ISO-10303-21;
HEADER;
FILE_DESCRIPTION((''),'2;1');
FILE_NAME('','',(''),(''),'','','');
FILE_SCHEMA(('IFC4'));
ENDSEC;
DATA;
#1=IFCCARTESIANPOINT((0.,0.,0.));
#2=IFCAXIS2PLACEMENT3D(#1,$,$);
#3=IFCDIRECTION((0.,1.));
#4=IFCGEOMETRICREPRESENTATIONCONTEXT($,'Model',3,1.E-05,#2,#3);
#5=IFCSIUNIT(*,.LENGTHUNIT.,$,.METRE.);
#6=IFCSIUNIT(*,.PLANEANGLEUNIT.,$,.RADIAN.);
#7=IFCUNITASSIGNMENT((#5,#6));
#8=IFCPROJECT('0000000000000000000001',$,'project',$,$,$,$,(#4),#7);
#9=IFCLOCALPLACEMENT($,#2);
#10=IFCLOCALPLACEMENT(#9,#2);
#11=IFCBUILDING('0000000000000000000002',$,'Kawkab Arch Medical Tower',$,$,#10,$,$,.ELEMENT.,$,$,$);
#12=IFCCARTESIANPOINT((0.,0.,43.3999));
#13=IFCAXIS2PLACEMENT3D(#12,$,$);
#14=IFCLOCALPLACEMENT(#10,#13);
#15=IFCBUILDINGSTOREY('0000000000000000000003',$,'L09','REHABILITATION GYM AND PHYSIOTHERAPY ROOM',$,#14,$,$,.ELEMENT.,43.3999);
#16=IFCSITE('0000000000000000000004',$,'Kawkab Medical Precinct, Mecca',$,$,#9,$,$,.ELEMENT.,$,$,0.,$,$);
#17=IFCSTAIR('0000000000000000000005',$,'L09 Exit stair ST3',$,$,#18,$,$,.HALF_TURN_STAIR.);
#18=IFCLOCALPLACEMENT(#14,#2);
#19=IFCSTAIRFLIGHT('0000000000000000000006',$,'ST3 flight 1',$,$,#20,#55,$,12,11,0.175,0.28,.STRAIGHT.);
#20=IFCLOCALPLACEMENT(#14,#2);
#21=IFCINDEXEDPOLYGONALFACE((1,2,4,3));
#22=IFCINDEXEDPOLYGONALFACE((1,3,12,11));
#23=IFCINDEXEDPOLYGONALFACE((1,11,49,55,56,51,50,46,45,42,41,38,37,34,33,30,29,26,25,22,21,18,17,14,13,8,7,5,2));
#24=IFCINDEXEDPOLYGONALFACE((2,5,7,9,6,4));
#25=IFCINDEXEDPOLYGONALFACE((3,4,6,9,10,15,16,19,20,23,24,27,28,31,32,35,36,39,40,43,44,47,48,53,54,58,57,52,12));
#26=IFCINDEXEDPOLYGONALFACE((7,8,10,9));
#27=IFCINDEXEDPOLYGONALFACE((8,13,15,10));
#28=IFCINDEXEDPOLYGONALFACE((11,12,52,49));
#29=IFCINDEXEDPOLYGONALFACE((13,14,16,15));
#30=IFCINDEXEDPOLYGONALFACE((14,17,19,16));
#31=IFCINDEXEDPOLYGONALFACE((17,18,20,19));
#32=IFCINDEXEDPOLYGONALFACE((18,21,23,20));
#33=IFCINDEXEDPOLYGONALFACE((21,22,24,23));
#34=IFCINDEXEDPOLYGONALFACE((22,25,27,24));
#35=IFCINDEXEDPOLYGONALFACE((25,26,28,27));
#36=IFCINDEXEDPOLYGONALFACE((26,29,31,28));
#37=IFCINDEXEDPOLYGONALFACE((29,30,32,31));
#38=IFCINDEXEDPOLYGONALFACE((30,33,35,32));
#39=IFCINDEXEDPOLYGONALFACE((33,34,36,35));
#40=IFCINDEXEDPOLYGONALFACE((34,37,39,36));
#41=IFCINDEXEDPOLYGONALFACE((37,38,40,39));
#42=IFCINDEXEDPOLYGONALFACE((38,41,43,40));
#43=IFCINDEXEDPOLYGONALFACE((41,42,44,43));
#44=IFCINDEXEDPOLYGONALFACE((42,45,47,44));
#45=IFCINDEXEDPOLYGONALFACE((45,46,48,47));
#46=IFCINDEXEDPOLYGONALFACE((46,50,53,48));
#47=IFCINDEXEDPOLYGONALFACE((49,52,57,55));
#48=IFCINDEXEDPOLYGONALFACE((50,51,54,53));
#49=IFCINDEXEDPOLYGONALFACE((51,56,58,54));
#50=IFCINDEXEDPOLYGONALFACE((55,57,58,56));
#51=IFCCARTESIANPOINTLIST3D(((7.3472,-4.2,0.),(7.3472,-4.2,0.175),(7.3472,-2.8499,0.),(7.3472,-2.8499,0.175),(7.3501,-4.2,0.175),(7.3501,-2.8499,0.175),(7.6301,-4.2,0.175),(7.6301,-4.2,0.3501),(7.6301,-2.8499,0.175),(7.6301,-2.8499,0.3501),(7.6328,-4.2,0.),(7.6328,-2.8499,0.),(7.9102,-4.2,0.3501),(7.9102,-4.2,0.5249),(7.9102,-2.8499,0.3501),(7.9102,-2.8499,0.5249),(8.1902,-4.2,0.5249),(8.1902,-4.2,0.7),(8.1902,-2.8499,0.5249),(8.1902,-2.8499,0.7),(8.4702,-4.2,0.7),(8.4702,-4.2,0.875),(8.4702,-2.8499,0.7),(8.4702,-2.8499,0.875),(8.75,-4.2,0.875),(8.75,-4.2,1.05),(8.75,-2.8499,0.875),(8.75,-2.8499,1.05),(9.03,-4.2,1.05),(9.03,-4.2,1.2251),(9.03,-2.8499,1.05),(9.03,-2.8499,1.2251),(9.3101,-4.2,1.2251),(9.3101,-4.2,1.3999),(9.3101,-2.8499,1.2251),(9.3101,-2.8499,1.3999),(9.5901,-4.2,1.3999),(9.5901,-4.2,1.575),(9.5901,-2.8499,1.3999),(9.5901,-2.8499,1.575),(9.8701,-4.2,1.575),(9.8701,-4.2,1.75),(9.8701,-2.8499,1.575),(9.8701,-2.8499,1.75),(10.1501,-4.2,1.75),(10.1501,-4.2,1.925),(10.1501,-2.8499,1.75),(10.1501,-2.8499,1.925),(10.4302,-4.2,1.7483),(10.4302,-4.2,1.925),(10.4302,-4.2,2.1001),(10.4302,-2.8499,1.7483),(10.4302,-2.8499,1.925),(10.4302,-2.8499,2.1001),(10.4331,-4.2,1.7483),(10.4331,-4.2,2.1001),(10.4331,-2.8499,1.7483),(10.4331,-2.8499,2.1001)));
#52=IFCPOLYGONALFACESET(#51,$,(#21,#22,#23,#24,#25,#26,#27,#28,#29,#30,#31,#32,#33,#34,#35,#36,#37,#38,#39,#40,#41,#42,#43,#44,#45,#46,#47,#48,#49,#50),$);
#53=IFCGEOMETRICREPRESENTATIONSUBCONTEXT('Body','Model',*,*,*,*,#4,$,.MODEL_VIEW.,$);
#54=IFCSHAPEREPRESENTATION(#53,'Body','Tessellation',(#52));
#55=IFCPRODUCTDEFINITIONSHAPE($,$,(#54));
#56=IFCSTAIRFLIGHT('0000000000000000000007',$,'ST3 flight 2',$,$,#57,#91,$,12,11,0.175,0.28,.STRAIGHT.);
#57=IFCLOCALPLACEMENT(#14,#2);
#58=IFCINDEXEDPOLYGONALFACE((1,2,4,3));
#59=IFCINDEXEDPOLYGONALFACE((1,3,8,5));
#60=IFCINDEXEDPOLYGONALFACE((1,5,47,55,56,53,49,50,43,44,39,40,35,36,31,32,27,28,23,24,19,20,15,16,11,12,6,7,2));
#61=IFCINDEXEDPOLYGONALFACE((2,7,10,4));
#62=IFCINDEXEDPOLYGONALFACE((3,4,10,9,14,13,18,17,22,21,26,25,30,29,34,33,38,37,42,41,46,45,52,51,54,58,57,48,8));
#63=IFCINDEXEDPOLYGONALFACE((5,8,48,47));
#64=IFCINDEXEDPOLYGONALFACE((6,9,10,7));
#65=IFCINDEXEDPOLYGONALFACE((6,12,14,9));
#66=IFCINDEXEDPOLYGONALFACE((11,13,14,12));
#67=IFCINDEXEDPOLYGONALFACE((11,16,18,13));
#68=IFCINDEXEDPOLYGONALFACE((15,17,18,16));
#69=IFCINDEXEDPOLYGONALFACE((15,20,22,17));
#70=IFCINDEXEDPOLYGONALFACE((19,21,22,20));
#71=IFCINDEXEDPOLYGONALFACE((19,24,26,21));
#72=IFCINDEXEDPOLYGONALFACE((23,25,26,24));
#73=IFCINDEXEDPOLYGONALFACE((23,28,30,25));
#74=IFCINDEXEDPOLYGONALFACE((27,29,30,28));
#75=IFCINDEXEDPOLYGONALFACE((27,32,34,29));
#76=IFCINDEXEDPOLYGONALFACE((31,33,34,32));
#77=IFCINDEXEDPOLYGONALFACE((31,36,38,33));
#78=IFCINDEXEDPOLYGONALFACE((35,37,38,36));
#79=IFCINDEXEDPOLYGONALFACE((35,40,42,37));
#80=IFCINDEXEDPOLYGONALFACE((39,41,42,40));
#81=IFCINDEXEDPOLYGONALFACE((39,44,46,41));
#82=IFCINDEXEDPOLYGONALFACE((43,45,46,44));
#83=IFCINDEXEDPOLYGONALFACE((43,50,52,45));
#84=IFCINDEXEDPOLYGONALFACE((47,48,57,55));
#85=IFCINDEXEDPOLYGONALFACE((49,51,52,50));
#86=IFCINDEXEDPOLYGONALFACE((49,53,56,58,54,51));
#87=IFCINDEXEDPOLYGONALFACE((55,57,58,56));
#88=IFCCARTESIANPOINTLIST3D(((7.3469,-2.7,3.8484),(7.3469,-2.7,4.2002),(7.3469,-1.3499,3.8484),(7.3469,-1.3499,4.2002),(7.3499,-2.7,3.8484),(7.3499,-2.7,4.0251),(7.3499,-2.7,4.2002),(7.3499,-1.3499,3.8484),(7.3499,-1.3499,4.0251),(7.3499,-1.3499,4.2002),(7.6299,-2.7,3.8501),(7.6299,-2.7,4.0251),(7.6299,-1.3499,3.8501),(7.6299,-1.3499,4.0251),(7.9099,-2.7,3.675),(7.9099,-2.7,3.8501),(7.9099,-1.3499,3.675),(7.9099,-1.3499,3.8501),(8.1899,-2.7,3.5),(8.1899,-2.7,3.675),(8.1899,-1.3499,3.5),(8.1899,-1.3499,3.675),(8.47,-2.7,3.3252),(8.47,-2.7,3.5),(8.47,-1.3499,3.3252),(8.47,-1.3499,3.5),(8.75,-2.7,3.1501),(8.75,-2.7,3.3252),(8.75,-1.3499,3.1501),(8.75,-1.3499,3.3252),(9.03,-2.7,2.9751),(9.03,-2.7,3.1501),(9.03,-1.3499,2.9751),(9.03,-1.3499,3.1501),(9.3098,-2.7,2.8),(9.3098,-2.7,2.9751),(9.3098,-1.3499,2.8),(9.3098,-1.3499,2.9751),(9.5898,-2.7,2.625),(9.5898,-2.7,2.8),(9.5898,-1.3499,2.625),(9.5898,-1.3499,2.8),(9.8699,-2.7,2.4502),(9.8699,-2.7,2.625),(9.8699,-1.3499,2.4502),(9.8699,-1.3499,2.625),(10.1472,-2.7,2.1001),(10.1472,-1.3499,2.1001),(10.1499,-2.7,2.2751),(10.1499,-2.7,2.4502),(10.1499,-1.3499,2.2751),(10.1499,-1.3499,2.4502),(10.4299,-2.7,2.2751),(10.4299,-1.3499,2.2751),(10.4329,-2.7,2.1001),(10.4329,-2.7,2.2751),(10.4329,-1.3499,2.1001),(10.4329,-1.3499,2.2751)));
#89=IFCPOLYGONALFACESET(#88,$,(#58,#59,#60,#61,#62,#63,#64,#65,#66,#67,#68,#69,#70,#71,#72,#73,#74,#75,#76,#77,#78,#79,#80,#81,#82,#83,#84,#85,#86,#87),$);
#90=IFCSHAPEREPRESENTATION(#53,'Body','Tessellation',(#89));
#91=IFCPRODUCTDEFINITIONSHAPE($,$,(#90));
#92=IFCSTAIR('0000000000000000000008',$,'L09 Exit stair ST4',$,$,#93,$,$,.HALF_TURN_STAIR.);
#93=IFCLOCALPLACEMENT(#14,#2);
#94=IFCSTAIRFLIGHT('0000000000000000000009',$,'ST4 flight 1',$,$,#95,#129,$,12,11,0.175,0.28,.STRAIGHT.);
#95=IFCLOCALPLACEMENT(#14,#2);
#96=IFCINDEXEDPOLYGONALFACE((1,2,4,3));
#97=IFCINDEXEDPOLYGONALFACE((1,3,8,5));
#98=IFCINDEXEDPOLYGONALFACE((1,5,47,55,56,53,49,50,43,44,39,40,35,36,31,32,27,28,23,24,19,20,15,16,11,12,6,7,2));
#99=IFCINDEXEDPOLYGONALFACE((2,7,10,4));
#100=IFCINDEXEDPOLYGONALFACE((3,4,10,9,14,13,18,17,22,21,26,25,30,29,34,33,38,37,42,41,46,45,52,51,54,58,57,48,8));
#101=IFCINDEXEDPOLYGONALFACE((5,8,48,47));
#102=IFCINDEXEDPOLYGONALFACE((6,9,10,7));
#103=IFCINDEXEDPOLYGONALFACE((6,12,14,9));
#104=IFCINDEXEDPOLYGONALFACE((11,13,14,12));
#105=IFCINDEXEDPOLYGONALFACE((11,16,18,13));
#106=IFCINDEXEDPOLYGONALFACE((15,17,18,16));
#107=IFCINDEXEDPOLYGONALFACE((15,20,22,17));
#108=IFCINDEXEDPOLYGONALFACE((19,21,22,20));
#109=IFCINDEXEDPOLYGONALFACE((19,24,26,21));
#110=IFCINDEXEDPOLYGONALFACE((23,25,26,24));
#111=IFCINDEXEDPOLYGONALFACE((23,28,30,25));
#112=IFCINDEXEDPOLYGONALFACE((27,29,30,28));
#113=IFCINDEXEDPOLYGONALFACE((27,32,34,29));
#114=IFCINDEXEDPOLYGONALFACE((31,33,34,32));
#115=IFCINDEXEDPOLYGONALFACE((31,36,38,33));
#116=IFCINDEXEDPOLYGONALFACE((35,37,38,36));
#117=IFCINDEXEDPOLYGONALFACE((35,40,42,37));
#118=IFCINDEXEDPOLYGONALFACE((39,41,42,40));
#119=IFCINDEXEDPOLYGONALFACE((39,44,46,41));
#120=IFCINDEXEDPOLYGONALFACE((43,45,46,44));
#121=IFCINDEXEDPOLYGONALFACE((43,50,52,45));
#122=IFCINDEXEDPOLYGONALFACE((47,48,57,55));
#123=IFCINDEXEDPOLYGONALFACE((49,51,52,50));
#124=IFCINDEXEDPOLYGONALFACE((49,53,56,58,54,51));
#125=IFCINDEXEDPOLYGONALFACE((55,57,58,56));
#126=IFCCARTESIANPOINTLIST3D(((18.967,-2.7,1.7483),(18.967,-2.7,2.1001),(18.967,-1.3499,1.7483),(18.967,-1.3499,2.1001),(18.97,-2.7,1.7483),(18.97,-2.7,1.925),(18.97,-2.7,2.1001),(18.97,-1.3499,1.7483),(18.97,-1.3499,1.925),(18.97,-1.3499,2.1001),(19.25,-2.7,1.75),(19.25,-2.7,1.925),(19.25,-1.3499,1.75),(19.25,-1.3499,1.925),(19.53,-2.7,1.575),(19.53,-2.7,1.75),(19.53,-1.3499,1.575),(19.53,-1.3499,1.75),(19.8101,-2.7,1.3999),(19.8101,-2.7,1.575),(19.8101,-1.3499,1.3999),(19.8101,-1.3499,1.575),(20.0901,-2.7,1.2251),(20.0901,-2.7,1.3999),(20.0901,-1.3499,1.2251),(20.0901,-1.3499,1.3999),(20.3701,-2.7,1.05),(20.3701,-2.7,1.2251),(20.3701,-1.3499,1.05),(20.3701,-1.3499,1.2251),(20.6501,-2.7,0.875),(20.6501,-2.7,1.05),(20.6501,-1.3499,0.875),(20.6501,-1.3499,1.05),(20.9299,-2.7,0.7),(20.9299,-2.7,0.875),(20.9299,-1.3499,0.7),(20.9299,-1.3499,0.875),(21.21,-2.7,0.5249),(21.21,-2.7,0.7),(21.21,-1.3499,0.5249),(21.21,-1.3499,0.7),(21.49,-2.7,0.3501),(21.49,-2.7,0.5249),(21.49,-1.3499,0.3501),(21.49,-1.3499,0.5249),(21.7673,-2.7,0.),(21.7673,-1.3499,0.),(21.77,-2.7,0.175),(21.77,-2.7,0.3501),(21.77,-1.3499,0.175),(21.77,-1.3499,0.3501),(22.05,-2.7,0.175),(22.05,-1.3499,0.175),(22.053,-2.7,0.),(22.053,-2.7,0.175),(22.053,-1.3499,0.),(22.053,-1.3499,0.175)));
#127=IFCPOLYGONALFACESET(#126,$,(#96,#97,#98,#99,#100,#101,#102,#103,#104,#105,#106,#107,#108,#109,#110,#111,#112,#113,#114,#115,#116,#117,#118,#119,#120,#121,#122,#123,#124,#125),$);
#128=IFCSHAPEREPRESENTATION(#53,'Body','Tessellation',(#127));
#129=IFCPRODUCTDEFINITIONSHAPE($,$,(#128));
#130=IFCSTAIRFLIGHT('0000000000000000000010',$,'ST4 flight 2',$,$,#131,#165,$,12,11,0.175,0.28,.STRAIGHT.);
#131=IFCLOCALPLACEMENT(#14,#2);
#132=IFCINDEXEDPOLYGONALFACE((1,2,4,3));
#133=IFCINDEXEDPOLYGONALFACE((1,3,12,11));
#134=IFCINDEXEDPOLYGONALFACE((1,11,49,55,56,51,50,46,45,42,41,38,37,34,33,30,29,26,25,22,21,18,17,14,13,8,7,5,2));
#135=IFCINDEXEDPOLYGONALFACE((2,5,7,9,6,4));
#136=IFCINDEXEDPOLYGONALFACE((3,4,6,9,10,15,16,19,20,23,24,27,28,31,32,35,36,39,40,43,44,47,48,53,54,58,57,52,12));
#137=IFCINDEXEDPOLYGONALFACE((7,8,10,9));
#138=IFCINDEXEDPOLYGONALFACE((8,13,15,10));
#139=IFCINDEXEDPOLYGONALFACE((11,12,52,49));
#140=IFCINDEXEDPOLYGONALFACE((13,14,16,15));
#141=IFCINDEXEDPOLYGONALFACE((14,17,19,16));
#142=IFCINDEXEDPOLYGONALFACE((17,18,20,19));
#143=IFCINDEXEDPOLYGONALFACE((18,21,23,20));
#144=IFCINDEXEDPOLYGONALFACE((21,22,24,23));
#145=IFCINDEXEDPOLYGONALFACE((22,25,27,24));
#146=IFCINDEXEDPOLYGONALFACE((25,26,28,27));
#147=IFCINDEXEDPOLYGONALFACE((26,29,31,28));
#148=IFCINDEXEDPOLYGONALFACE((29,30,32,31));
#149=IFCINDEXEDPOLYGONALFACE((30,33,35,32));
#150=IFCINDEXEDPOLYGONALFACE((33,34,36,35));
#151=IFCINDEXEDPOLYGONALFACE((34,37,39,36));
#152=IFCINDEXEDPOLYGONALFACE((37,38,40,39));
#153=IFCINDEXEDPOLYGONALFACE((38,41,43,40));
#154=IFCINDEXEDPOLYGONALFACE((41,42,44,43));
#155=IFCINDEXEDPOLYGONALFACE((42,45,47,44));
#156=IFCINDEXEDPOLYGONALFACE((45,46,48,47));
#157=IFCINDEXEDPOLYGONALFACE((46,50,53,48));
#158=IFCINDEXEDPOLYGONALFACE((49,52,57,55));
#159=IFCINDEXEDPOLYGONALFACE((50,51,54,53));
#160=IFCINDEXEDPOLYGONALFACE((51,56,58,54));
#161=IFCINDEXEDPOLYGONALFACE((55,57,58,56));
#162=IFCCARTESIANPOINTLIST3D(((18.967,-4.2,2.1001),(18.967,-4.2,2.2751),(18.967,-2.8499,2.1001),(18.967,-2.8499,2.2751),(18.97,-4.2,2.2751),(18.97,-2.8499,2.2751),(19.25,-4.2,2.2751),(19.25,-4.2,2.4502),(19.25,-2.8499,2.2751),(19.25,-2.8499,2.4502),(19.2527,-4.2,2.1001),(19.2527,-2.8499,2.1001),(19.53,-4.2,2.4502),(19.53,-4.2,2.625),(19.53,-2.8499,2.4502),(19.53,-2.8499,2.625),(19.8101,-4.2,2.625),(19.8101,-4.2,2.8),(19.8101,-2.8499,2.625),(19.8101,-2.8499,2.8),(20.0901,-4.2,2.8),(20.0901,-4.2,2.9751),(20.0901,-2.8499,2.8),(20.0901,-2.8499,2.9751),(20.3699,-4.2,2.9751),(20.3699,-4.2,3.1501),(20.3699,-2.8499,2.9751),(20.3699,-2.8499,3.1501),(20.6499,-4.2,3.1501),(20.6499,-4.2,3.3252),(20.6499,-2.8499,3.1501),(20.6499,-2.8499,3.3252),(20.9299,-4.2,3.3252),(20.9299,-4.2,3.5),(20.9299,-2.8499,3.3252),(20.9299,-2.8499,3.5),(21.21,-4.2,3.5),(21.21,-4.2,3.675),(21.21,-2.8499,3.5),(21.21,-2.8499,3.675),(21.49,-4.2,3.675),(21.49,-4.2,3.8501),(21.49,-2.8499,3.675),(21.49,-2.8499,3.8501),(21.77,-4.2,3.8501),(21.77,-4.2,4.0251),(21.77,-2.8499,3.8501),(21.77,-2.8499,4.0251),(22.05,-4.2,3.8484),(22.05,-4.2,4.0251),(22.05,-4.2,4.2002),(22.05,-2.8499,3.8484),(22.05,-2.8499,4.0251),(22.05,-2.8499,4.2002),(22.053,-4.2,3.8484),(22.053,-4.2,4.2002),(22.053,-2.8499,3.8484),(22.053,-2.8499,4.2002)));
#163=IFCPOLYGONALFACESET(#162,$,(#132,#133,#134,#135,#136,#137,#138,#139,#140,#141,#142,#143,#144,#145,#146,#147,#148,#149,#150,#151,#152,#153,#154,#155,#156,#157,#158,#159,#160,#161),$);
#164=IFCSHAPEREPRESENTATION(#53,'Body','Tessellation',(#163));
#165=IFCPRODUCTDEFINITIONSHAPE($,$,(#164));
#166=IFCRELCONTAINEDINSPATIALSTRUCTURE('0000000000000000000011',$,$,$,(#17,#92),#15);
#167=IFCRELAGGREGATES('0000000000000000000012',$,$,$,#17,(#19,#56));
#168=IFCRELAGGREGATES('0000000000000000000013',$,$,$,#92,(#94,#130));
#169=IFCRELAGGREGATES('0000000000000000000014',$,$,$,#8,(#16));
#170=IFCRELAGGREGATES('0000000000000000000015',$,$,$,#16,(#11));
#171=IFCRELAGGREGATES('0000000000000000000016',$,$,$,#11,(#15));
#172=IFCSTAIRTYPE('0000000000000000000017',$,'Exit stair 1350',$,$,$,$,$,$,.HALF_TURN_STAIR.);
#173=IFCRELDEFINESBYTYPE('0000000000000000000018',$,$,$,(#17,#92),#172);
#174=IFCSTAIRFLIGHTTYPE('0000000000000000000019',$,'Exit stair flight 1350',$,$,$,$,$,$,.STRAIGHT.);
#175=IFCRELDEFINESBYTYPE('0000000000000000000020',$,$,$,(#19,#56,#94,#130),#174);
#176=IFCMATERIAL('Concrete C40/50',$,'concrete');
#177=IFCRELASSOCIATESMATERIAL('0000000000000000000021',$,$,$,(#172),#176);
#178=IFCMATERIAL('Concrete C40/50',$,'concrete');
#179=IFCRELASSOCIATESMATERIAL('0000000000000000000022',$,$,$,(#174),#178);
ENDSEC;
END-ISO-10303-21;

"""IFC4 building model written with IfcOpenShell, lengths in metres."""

from ifc_helpers import new_model, si_unit, direction, frame, origin, place, context, subcontext, project, spatial, polyline, outline, extrude, material, type_object, element, aggregate, save


model = new_model("IFC4")

# Units and contexts
model_context = context("Model", 3, precision=1e-05, world=origin(), true_north=direction((0.0, 1.0)))
body_context = subcontext(model_context, "Body", "Model", "MODEL_VIEW")
ifc_project = project(units=[si_unit("LENGTHUNIT", "METRE"), si_unit("PLANEANGLEUNIT", "RADIAN")], contexts=[model_context])

# Site, building, storey
site_placement = place(None, origin())
site = spatial("IfcSite", under=ifc_project, at=site_placement, Name="Kawkab Medical Precinct, Mecca", CompositionType="ELEMENT", RefElevation=0.0)
building_placement = place(site_placement, origin())
building = spatial("IfcBuilding", under=site, at=building_placement, Name="Kawkab Arch Medical Tower", CompositionType="ELEMENT")
storey_placement = place(building_placement, frame((0.0, 0.0, 43.3999)))
storey = spatial("IfcBuildingStorey", under=building, at=storey_placement, Name="L09", Description="REHABILITATION GYM AND PHYSIOTHERAPY ROOM", CompositionType="ELEMENT", Elevation=43.3999)

# Shared definitions
placement = place(storey_placement, origin())

# Stairs, stair flights
ifc_material_1 = material(Name="Concrete C40/50", Category="concrete")
stair_type = type_object("IfcStairType", Name="Exit stair 1350", PredefinedType="HALF_TURN_STAIR", material=ifc_material_1)
stair_1 = element("IfcStair", 1, at=placement, inside=storey, type_object=stair_type, Name="L09 Exit stair ST3", PredefinedType="HALF_TURN_STAIR")
ifc_material_2 = material(Name="Concrete C40/50", Category="concrete")
stair_flight_type = type_object("IfcStairFlightType", Name="Exit stair flight 1350", PredefinedType="STRAIGHT", material=ifc_material_2)
stair_flight_1_placement = place(storey_placement, frame((7.3501, -3.5249, 0.0), z_axis=(0.0, 0.0, 1.0), x_axis=(1.0, 0.0, 0.0)))
stair_flight_1 = element("IfcStairFlight", 2, at=stair_flight_1_placement, type_object=stair_flight_type, Name="ST3 flight 1", NumberOfRisers=12, NumberOfTreads=11, PredefinedType="STRAIGHT", RiserHeight=0.175, TreadLength=0.28, context=body_context, shape_type="SweptSolid", body=[
    extrude(outline(polyline([(-0.0029, 0.0), (-0.0029, 0.175), (0.0, 0.175), (0.28, 0.175), (0.28, 0.3501), (0.5601, 0.3501), (0.5601, 0.5249), (0.8401, 0.5249), (0.8401, 0.7), (1.1201, 0.7), (1.1201, 0.875), (1.3999, 0.875), (1.3999, 1.05), (1.6799, 1.05), (1.6799, 1.2251), (1.96, 1.2251), (1.96, 1.3999), (2.24, 1.3999), (2.24, 1.575), (2.52, 1.575), (2.52, 1.75), (2.8, 1.75), (2.8, 1.925), (3.0801, 1.925), (3.0801, 2.1001), (3.083, 2.1001), (3.083, 1.7483), (3.0801, 1.7483), (0.2827, 0.0), (-0.0029, 0.0)])), frame((0.0, 0.675, 0.0), z_axis=(0.0, -1.0, 0.0), x_axis=(1.0, 0.0, 0.0)), (0.0, 0.0, 1.0), 1.3501),
])
stair_flight_2_placement = place(storey_placement, frame((10.4299, -2.0249, 2.1001), z_axis=(0.0, 0.0, 1.0), x_axis=(-1.0, 0.0, 0.0)))
stair_flight_2 = element("IfcStairFlight", 3, at=stair_flight_2_placement, type_object=stair_flight_type, Name="ST3 flight 2", NumberOfRisers=12, NumberOfTreads=11, PredefinedType="STRAIGHT", RiserHeight=0.175, TreadLength=0.28, context=body_context, shape_type="SweptSolid", body=[
    extrude(outline(polyline([(-0.0029, 0.0), (-0.0029, 0.175), (0.0, 0.175), (0.28, 0.175), (0.28, 0.3501), (0.5601, 0.3501), (0.5601, 0.5249), (0.8401, 0.5249), (0.8401, 0.7), (1.1201, 0.7), (1.1201, 0.875), (1.3999, 0.875), (1.3999, 1.05), (1.6799, 1.05), (1.6799, 1.2251), (1.96, 1.2251), (1.96, 1.3999), (2.24, 1.3999), (2.24, 1.575), (2.52, 1.575), (2.52, 1.75), (2.8, 1.75), (2.8, 1.925), (3.0801, 1.925), (3.0801, 2.1001), (3.083, 2.1001), (3.083, 1.7483), (3.0801, 1.7483), (0.2827, 0.0), (-0.0029, 0.0)])), frame((0.0, 0.675, 0.0), z_axis=(0.0, -1.0, 0.0), x_axis=(1.0, 0.0, 0.0)), (0.0, 0.0, 1.0), 1.3501),
])
aggregate(stair_1, [stair_flight_1, stair_flight_2])
stair_2 = element("IfcStair", 4, at=placement, inside=storey, type_object=stair_type, Name="L09 Exit stair ST4", PredefinedType="HALF_TURN_STAIR")
stair_flight_3_placement = place(storey_placement, frame((22.05, -2.0249, 0.0), z_axis=(0.0, 0.0, 1.0), x_axis=(-1.0, 0.0, 0.0)))
stair_flight_3 = element("IfcStairFlight", 5, at=stair_flight_3_placement, type_object=stair_flight_type, Name="ST4 flight 1", NumberOfRisers=12, NumberOfTreads=11, PredefinedType="STRAIGHT", RiserHeight=0.175, TreadLength=0.28, context=body_context, shape_type="SweptSolid", body=[
    extrude(outline(polyline([(-0.0029, 0.0), (-0.0029, 0.175), (0.0, 0.175), (0.28, 0.175), (0.28, 0.3501), (0.5601, 0.3501), (0.5601, 0.5249), (0.8401, 0.5249), (0.8401, 0.7), (1.1201, 0.7), (1.1201, 0.875), (1.3999, 0.875), (1.3999, 1.05), (1.6799, 1.05), (1.6799, 1.2251), (1.96, 1.2251), (1.96, 1.3999), (2.24, 1.3999), (2.24, 1.575), (2.52, 1.575), (2.52, 1.75), (2.8, 1.75), (2.8, 1.925), (3.0801, 1.925), (3.0801, 2.1001), (3.083, 2.1001), (3.083, 1.7483), (3.0801, 1.7483), (0.2827, 0.0), (-0.0029, 0.0)])), frame((0.0, 0.675, 0.0), z_axis=(0.0, -1.0, 0.0), x_axis=(1.0, 0.0, 0.0)), (0.0, 0.0, 1.0), 1.3501),
])
stair_flight_4_placement = place(storey_placement, frame((18.97, -3.5249, 2.1001), z_axis=(0.0, 0.0, 1.0), x_axis=(1.0, 0.0, 0.0)))
stair_flight_4 = element("IfcStairFlight", 6, at=stair_flight_4_placement, type_object=stair_flight_type, Name="ST4 flight 2", NumberOfRisers=12, NumberOfTreads=11, PredefinedType="STRAIGHT", RiserHeight=0.175, TreadLength=0.28, context=body_context, shape_type="SweptSolid", body=[
    extrude(outline(polyline([(-0.0029, 0.0), (-0.0029, 0.175), (0.0, 0.175), (0.28, 0.175), (0.28, 0.3501), (0.5601, 0.3501), (0.5601, 0.5249), (0.8401, 0.5249), (0.8401, 0.7), (1.1201, 0.7), (1.1201, 0.875), (1.3999, 0.875), (1.3999, 1.05), (1.6799, 1.05), (1.6799, 1.2251), (1.96, 1.2251), (1.96, 1.3999), (2.24, 1.3999), (2.24, 1.575), (2.52, 1.575), (2.52, 1.75), (2.8, 1.75), (2.8, 1.925), (3.0801, 1.925), (3.0801, 2.1001), (3.083, 2.1001), (3.083, 1.7483), (3.0801, 1.7483), (0.2827, 0.0), (-0.0029, 0.0)])), frame((0.0, 0.675, 0.0), z_axis=(0.0, -1.0, 0.0), x_axis=(1.0, 0.0, 0.0)), (0.0, 0.0, 1.0), 1.3501),
])
aggregate(stair_2, [stair_flight_3, stair_flight_4])

save(model, "model.ifc")
